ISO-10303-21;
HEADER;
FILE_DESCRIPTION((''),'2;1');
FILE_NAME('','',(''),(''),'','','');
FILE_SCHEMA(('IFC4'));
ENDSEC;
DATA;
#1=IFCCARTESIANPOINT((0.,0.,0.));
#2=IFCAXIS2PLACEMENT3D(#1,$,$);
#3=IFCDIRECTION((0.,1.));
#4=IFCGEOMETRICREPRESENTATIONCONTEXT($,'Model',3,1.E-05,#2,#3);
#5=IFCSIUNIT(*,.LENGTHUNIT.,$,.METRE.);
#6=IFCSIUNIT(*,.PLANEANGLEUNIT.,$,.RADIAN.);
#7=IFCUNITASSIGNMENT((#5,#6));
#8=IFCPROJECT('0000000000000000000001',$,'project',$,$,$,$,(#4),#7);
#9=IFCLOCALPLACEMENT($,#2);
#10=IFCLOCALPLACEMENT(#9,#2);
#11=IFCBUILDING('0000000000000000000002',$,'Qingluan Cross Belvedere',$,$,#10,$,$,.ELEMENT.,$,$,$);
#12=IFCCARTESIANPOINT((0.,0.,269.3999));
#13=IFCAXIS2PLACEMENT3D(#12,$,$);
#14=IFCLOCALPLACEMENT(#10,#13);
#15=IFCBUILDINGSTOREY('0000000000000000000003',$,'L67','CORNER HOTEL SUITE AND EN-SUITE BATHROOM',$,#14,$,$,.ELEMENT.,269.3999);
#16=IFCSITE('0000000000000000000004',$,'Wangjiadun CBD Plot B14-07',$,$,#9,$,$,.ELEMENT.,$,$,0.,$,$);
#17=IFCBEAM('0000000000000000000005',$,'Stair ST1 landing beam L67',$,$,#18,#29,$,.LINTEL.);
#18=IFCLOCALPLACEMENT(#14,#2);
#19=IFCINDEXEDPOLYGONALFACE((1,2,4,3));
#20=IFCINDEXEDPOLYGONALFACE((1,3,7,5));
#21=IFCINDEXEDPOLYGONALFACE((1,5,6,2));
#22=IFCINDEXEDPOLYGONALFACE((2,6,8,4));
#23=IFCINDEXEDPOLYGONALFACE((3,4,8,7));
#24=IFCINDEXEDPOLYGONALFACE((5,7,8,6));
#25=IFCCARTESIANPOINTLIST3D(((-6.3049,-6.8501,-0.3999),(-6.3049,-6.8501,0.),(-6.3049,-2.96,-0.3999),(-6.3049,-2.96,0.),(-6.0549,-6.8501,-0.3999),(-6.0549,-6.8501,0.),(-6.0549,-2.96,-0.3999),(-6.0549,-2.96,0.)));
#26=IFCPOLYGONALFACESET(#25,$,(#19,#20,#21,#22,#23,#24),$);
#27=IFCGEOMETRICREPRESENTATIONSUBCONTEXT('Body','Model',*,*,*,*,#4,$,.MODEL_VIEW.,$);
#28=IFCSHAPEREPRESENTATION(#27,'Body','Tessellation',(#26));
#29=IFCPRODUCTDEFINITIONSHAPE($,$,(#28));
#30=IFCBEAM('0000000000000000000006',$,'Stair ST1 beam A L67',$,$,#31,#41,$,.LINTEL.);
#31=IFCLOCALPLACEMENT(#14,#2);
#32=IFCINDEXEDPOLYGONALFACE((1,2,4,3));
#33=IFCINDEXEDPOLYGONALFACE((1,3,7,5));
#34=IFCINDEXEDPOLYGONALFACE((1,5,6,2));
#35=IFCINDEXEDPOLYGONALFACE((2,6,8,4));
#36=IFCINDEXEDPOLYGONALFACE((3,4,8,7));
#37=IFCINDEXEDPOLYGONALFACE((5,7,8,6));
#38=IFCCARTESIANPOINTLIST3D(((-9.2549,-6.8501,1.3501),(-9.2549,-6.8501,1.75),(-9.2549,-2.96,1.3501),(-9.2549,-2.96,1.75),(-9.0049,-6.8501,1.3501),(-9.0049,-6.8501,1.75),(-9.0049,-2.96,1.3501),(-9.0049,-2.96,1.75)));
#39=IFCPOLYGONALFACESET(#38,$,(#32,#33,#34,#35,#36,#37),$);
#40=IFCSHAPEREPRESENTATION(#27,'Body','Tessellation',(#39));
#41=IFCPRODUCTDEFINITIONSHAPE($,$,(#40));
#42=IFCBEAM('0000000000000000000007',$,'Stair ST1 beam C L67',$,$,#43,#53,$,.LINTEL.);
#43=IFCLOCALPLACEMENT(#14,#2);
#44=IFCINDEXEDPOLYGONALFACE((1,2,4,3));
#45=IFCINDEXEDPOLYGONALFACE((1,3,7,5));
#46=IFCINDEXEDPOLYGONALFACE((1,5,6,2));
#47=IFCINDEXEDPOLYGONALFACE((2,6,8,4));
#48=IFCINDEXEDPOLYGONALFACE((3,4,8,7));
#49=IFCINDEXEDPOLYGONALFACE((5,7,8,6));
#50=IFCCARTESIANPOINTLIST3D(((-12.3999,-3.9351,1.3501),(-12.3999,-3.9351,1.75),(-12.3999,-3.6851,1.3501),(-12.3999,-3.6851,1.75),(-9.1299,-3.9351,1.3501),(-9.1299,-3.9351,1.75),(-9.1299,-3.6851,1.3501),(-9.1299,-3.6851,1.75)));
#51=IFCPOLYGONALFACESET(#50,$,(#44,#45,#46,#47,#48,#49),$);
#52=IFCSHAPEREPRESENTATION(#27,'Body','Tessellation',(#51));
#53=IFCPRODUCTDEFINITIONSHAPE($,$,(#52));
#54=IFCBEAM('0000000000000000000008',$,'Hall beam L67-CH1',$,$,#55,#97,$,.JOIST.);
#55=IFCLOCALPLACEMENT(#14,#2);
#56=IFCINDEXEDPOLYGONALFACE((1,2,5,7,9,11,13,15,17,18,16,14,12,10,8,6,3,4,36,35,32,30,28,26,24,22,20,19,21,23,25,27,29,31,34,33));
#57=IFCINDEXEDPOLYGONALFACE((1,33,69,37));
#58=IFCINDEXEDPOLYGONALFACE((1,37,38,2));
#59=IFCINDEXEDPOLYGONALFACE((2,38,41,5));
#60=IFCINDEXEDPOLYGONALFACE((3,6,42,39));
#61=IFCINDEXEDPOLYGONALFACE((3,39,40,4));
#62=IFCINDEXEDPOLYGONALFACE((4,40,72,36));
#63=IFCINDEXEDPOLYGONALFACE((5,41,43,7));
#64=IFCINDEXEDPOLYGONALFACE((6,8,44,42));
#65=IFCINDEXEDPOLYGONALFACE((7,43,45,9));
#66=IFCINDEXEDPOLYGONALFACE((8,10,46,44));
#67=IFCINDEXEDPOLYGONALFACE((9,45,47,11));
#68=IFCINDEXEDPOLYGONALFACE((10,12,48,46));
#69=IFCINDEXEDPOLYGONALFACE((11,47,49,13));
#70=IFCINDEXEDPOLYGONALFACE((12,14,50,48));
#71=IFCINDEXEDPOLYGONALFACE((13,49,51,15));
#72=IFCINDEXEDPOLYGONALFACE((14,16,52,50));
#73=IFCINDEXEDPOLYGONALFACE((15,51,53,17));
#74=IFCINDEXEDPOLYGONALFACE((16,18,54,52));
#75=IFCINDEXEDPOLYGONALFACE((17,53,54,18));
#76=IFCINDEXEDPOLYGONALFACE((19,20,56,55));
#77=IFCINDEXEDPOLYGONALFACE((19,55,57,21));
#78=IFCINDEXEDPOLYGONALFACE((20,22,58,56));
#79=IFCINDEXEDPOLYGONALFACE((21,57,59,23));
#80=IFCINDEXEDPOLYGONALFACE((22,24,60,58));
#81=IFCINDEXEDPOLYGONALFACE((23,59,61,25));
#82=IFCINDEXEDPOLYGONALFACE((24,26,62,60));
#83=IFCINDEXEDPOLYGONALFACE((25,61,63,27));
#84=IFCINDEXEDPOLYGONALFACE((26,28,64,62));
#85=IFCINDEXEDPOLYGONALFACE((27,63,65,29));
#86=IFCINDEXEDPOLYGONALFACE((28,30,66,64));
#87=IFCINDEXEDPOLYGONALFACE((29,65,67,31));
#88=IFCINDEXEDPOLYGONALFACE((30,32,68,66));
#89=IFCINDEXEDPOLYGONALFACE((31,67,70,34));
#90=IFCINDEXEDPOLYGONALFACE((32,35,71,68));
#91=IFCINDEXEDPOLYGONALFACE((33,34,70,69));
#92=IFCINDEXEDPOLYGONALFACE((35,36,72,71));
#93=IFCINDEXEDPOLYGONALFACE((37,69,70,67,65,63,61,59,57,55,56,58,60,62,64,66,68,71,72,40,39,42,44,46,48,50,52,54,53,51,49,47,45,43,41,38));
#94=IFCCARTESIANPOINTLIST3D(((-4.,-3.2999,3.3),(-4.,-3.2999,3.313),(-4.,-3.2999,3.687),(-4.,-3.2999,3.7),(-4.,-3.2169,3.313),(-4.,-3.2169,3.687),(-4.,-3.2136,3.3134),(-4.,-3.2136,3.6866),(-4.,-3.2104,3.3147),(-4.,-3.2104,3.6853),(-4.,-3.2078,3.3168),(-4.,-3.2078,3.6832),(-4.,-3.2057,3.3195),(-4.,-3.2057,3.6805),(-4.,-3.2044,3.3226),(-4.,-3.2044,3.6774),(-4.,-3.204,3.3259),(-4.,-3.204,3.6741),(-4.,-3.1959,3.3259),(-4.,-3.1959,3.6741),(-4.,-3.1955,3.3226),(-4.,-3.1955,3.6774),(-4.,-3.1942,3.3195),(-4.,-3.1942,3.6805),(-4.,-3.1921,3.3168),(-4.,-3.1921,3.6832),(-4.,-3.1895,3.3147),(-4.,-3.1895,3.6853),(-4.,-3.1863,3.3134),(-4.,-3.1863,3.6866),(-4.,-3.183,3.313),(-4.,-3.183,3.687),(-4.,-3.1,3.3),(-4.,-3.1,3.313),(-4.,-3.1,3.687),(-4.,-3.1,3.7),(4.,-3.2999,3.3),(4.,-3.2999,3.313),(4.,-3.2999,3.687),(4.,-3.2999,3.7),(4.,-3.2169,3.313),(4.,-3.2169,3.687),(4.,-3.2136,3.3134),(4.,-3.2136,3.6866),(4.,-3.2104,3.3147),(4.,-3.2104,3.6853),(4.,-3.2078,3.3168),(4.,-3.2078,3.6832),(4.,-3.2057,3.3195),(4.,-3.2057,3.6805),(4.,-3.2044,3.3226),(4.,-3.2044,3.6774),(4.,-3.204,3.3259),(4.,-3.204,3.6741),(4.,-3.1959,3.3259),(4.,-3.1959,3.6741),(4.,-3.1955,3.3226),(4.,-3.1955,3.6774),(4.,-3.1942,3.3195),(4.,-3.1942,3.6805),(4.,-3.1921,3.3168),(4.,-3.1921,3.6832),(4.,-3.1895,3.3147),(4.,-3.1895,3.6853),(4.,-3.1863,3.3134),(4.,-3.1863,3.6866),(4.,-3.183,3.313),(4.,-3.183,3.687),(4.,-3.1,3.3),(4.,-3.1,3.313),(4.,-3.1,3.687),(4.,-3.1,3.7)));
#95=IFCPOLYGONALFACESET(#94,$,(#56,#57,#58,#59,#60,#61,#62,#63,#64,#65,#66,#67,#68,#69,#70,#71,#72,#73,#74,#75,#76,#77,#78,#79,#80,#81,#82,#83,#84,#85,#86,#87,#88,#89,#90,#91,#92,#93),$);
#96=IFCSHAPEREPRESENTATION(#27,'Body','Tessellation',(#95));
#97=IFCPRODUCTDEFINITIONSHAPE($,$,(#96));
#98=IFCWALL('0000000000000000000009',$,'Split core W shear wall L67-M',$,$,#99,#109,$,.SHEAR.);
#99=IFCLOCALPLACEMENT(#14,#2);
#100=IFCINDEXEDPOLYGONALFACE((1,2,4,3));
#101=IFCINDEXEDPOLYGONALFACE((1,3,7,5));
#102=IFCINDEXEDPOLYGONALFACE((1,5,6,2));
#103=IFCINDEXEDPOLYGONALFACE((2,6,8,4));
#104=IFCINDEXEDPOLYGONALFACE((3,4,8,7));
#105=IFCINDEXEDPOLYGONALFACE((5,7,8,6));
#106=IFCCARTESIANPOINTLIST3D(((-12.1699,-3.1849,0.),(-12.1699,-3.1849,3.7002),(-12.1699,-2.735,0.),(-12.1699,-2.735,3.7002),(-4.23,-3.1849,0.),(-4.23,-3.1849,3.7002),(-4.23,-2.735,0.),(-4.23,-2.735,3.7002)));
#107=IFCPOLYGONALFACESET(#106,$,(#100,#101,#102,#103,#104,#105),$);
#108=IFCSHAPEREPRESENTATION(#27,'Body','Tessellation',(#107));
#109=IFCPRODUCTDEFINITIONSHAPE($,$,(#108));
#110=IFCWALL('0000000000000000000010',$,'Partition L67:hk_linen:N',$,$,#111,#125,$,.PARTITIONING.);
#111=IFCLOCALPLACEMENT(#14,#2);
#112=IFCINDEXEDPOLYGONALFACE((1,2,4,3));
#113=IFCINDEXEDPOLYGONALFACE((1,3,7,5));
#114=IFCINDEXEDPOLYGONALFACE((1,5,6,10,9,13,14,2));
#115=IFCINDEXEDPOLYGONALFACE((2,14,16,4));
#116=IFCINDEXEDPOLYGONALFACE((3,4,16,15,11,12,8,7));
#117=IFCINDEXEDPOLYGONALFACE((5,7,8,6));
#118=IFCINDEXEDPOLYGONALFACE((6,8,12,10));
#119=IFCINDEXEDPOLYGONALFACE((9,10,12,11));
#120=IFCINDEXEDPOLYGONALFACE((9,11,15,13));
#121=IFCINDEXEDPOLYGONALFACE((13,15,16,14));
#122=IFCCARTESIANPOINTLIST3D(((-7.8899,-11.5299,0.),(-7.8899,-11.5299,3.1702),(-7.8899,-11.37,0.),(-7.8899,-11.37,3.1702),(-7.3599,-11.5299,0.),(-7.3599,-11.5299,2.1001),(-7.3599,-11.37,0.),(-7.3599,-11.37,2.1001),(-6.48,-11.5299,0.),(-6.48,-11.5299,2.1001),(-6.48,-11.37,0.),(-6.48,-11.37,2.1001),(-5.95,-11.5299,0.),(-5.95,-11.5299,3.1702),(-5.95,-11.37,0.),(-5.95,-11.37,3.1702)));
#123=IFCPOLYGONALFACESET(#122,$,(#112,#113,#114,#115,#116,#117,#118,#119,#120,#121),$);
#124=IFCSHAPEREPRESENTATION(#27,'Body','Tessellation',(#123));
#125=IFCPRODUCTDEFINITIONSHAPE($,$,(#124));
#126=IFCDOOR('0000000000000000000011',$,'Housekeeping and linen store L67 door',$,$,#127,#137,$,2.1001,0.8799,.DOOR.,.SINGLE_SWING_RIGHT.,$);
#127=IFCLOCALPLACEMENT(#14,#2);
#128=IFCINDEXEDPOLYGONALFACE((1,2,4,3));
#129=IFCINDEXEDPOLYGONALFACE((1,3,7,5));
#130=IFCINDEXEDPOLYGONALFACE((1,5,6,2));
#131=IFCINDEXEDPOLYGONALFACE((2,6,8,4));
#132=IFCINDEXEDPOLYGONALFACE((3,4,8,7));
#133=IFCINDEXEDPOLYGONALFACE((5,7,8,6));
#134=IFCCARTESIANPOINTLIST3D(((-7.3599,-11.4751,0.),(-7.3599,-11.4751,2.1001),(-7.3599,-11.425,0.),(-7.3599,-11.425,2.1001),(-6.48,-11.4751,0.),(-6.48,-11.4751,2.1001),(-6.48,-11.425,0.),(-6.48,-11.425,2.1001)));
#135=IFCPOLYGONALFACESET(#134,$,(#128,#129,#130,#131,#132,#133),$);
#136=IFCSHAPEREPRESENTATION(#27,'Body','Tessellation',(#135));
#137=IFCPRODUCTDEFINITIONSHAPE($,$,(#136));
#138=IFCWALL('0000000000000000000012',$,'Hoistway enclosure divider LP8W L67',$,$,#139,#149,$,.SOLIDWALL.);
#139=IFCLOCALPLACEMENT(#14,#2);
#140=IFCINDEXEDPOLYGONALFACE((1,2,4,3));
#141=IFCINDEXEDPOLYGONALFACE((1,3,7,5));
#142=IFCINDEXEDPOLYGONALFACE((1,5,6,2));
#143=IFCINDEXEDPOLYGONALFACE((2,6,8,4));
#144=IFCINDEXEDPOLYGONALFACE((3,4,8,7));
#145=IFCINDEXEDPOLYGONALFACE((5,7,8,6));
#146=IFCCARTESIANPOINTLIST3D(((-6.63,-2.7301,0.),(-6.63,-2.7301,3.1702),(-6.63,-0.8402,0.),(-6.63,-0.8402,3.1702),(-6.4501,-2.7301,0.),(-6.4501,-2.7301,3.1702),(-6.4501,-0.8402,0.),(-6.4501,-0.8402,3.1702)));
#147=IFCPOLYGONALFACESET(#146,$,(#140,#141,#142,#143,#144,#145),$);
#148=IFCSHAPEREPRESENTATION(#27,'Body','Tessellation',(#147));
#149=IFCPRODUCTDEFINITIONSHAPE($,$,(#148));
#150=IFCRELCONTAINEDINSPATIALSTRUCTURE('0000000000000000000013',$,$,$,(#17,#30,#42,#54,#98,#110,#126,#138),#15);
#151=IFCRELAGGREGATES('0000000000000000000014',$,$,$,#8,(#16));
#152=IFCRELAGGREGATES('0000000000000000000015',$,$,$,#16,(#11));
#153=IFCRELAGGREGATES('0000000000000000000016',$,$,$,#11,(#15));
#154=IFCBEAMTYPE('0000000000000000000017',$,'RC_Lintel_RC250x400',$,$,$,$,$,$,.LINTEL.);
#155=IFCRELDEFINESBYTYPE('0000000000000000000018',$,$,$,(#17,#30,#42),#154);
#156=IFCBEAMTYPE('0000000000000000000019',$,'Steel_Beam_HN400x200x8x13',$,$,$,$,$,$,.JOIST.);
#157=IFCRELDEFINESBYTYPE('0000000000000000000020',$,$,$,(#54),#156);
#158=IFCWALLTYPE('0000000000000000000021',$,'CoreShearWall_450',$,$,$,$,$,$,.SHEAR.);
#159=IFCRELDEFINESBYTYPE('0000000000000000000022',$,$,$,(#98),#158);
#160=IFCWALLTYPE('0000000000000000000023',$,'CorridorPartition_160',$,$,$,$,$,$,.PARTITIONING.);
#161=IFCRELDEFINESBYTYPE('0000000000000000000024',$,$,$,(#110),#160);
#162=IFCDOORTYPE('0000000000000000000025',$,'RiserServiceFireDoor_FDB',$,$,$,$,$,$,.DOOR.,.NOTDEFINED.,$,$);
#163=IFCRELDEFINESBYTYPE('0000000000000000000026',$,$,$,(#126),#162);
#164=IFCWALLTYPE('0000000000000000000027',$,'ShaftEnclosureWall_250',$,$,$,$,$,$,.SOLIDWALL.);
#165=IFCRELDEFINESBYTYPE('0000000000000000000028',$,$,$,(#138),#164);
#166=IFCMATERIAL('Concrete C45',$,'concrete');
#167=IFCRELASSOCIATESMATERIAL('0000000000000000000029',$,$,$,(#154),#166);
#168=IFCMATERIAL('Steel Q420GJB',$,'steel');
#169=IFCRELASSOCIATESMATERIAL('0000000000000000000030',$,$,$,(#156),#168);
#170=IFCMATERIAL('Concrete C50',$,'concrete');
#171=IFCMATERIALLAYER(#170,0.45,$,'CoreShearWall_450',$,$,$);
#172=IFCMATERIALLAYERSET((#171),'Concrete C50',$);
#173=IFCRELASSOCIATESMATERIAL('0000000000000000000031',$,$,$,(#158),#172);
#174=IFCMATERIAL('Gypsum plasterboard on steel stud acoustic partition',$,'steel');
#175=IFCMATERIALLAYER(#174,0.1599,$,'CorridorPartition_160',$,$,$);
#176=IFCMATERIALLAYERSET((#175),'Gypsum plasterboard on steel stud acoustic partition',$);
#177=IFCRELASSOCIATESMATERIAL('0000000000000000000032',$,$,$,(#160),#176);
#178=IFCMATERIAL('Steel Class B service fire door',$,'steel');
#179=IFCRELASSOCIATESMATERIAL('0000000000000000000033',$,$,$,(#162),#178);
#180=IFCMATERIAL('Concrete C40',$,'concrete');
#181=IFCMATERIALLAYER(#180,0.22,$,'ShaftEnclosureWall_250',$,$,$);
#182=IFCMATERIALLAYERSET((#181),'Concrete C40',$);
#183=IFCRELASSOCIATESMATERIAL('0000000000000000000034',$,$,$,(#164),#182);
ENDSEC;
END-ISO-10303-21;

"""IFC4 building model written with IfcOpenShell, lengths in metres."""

from ifc_helpers import new_model, si_unit, direction, frame, frame_2d, origin, origin_2d, place, context, subcontext, project, spatial, rectangle, i_section, extrude, material, layer, layer_set, material_profile, profile_set, type_object, element, fill, save


model = new_model("IFC4")

# Units and contexts
model_context = context("Model", 3, precision=1e-05, world=origin(), true_north=direction((0.0, 1.0)))
body_context = subcontext(model_context, "Body", "Model", "MODEL_VIEW")
ifc_project = project(units=[si_unit("LENGTHUNIT", "METRE"), si_unit("PLANEANGLEUNIT", "RADIAN")], contexts=[model_context])

# Site, building, storey
site_placement = place(None, origin())
site = spatial("IfcSite", under=ifc_project, at=site_placement, Name="Wangjiadun CBD Plot B14-07", CompositionType="ELEMENT", RefElevation=0.0)
building_placement = place(site_placement, origin())
building = spatial("IfcBuilding", under=site, at=building_placement, Name="Qingluan Cross Belvedere", CompositionType="ELEMENT")
storey_placement = place(building_placement, frame((0.0, 0.0, 269.3999)))
storey = spatial("IfcBuildingStorey", under=building, at=storey_placement, Name="L67", Description="CORNER HOTEL SUITE AND EN-SUITE BATHROOM", CompositionType="ELEMENT", Elevation=269.3999)

# Beams
ifc_material_1 = material(Name="Concrete C45", Category="concrete")
ifc_material_profile_1 = material_profile(ifc_material_1, rectangle(XDim=0.25, YDim=0.3999, at=origin_2d()), Name="RC250x400")
ifc_profile_set_1 = profile_set([ifc_material_profile_1], Name="Concrete C45")
beam_type_1 = type_object("IfcBeamType", Name="RC_Lintel_RC250x400", PredefinedType="LINTEL", material=ifc_profile_set_1)
for number, where, z_axis, x_axis, name in (
    (1, (-6.1799, -6.8501, -0.2), (0.0, 1.0, 0.0), (-1.0, 0.0, 0.0), "Stair ST1 landing beam L67"),
    (2, (-9.1299, -6.8501, 1.55), (0.0, 1.0, 0.0), (-1.0, 0.0, 0.0), "Stair ST1 beam A L67"),
):
    element("IfcBeam", number, at=place(storey_placement, frame(where, z_axis=z_axis, x_axis=x_axis)), inside=storey, type_object=beam_type_1, Name=name, PredefinedType="LINTEL", context=body_context, shape_type="SweptSolid", body=[
        extrude(rectangle(XDim=0.25, YDim=0.3999, at=origin_2d()), origin(), (0.0, 0.0, 1.0), 3.8901),
    ])
beam_1_placement = place(storey_placement, frame((-12.3999, -3.8101, 1.55), z_axis=(1.0, 0.0, 0.0), x_axis=(0.0, 1.0, 0.0)))
element("IfcBeam", 3, at=beam_1_placement, inside=storey, type_object=beam_type_1, Name="Stair ST1 beam C L67", PredefinedType="LINTEL", context=body_context, shape_type="SweptSolid", body=[
    extrude(rectangle(XDim=0.25, YDim=0.3999, at=origin_2d()), origin(), (0.0, 0.0, 1.0), 3.27),
])
ifc_material_2 = material(Name="Steel Q420GJB", Category="steel")
ifc_material_profile_2 = material_profile(ifc_material_2, i_section(OverallWidth=0.2, OverallDepth=0.3999, WebThickness=0.0081, FlangeThickness=0.0129, FilletRadius=0.0129, at=origin_2d()), Name="HN400x200x8x13")
ifc_profile_set_2 = profile_set([ifc_material_profile_2], Name="Steel Q420GJB")
beam_type_2 = type_object("IfcBeamType", Name="Steel_Beam_HN400x200x8x13", PredefinedType="JOIST", material=ifc_profile_set_2)
beam_2_placement = place(storey_placement, frame((-4.0, -3.2, 3.5), z_axis=(1.0, 0.0, 0.0), x_axis=(0.0, 1.0, 0.0)))
element("IfcBeam", 4, at=beam_2_placement, inside=storey, type_object=beam_type_2, Name="Hall beam L67-CH1", PredefinedType="JOIST", context=body_context, shape_type="SweptSolid", body=[
    extrude(i_section(OverallWidth=0.2, OverallDepth=0.3999, WebThickness=0.0081, FlangeThickness=0.0129, FilletRadius=0.0129, at=origin_2d()), origin(), (0.0, 0.0, 1.0), 8.0),
])

# Shared definitions
ifc_material_3 = material(Name="Concrete C50", Category="concrete")
ifc_layer_1 = layer(ifc_material_3, 0.45, Name="CoreShearWall_450")
ifc_layer_set_1 = layer_set([ifc_layer_1], Name="Concrete C50")
wall_type_1 = type_object("IfcWallType", Name="CoreShearWall_450", PredefinedType="SHEAR", material=ifc_layer_set_1)

# Wall
wall_1_placement = place(storey_placement, frame((-12.1699, -2.96, 0.0), z_axis=(0.0, 0.0, 1.0), x_axis=(1.0, 0.0, 0.0)))
element("IfcWall", 5, at=wall_1_placement, inside=storey, type_object=wall_type_1, Name="Split core W shear wall L67-M", PredefinedType="SHEAR", context=body_context, shape_type="SweptSolid", body=[
    extrude(rectangle(XDim=7.9399, YDim=0.45, at=frame_2d((3.97, 0.0))), origin(), (0.0, 0.0, 1.0), 3.7002),
])

# Wall, opening, door
ifc_material_4 = material(Name="Gypsum plasterboard on steel stud acoustic partition", Category="steel")
ifc_layer_2 = layer(ifc_material_4, 0.1599, Name="CorridorPartition_160")
ifc_layer_set_2 = layer_set([ifc_layer_2], Name="Gypsum plasterboard on steel stud acoustic partition")
wall_type_2 = type_object("IfcWallType", Name="CorridorPartition_160", PredefinedType="PARTITIONING", material=ifc_layer_set_2)
wall_2_placement = place(storey_placement, frame((-7.8899, -11.45, 0.0), z_axis=(0.0, 0.0, 1.0), x_axis=(1.0, 0.0, 0.0)))
wall_2 = element("IfcWall", 6, at=wall_2_placement, inside=storey, type_object=wall_type_2, Name="Partition L67:hk_linen:N", PredefinedType="PARTITIONING", context=body_context, shape_type="SweptSolid", body=[
    extrude(rectangle(XDim=1.9399, YDim=0.1599, at=frame_2d((0.97, 0.0))), origin(), (0.0, 0.0, 1.0), 3.1702),
])
opening_1_placement = place(wall_2_placement, frame((0.53, 0.0, 0.0)))
opening_1 = element("IfcOpeningElement", 7, at=opening_1_placement, cuts=wall_2, PredefinedType="OPENING", context=body_context, shape_type="SweptSolid", body=[
    extrude(rectangle(XDim=0.8799, YDim=2.1001, at=frame_2d((0.4399, 1.05))), frame((0.0, 0.0898, 0.0), z_axis=(0.0, -1.0, 0.0), x_axis=(1.0, 0.0, 0.0)), (0.0, 0.0, 1.0), 0.1799),
])
ifc_material_5 = material(Name="Steel Class B service fire door", Category="steel")
door_type_1 = type_object("IfcDoorType", Name="RiserServiceFireDoor_FDB", OperationType="NOTDEFINED", PredefinedType="DOOR", material=ifc_material_5)
door_1_placement = place(opening_1_placement, origin())
door_1 = element("IfcDoor", 8, at=door_1_placement, inside=storey, type_object=door_type_1, Name="Housekeeping and linen store L67 door", OperationType="SINGLE_SWING_RIGHT", OverallHeight=2.1001, OverallWidth=0.8799, PredefinedType="DOOR", context=body_context, shape_type="SweptSolid", body=[
    extrude(rectangle(XDim=0.8799, YDim=2.1001, at=frame_2d((0.4399, 1.05))), frame((0.0, 0.0249, 0.0), z_axis=(0.0, -1.0, 0.0), x_axis=(1.0, 0.0, 0.0)), (0.0, 0.0, 1.0), 0.05),
])
fill(opening_1, door_1)

# Wall
ifc_material_6 = material(Name="Concrete C40", Category="concrete")
ifc_layer_3 = layer(ifc_material_6, 0.22, Name="ShaftEnclosureWall_250")
ifc_layer_set_3 = layer_set([ifc_layer_3], Name="Concrete C40")
wall_type_3 = type_object("IfcWallType", Name="ShaftEnclosureWall_250", PredefinedType="SOLIDWALL", material=ifc_layer_set_3)
wall_3_placement = place(storey_placement, frame((-6.54, -2.73, 0.0), z_axis=(0.0, 0.0, 1.0), x_axis=(0.0, 1.0, 0.0)))
element("IfcWall", 9, at=wall_3_placement, inside=storey, type_object=wall_type_3, Name="Hoistway enclosure divider LP8W L67", PredefinedType="SOLIDWALL", context=body_context, shape_type="SweptSolid", body=[
    extrude(rectangle(XDim=1.8899, YDim=0.1799, at=frame_2d((0.9448, 0.0))), origin(), (0.0, 0.0, 1.0), 3.1702),
])

save(model, "model.ifc")
